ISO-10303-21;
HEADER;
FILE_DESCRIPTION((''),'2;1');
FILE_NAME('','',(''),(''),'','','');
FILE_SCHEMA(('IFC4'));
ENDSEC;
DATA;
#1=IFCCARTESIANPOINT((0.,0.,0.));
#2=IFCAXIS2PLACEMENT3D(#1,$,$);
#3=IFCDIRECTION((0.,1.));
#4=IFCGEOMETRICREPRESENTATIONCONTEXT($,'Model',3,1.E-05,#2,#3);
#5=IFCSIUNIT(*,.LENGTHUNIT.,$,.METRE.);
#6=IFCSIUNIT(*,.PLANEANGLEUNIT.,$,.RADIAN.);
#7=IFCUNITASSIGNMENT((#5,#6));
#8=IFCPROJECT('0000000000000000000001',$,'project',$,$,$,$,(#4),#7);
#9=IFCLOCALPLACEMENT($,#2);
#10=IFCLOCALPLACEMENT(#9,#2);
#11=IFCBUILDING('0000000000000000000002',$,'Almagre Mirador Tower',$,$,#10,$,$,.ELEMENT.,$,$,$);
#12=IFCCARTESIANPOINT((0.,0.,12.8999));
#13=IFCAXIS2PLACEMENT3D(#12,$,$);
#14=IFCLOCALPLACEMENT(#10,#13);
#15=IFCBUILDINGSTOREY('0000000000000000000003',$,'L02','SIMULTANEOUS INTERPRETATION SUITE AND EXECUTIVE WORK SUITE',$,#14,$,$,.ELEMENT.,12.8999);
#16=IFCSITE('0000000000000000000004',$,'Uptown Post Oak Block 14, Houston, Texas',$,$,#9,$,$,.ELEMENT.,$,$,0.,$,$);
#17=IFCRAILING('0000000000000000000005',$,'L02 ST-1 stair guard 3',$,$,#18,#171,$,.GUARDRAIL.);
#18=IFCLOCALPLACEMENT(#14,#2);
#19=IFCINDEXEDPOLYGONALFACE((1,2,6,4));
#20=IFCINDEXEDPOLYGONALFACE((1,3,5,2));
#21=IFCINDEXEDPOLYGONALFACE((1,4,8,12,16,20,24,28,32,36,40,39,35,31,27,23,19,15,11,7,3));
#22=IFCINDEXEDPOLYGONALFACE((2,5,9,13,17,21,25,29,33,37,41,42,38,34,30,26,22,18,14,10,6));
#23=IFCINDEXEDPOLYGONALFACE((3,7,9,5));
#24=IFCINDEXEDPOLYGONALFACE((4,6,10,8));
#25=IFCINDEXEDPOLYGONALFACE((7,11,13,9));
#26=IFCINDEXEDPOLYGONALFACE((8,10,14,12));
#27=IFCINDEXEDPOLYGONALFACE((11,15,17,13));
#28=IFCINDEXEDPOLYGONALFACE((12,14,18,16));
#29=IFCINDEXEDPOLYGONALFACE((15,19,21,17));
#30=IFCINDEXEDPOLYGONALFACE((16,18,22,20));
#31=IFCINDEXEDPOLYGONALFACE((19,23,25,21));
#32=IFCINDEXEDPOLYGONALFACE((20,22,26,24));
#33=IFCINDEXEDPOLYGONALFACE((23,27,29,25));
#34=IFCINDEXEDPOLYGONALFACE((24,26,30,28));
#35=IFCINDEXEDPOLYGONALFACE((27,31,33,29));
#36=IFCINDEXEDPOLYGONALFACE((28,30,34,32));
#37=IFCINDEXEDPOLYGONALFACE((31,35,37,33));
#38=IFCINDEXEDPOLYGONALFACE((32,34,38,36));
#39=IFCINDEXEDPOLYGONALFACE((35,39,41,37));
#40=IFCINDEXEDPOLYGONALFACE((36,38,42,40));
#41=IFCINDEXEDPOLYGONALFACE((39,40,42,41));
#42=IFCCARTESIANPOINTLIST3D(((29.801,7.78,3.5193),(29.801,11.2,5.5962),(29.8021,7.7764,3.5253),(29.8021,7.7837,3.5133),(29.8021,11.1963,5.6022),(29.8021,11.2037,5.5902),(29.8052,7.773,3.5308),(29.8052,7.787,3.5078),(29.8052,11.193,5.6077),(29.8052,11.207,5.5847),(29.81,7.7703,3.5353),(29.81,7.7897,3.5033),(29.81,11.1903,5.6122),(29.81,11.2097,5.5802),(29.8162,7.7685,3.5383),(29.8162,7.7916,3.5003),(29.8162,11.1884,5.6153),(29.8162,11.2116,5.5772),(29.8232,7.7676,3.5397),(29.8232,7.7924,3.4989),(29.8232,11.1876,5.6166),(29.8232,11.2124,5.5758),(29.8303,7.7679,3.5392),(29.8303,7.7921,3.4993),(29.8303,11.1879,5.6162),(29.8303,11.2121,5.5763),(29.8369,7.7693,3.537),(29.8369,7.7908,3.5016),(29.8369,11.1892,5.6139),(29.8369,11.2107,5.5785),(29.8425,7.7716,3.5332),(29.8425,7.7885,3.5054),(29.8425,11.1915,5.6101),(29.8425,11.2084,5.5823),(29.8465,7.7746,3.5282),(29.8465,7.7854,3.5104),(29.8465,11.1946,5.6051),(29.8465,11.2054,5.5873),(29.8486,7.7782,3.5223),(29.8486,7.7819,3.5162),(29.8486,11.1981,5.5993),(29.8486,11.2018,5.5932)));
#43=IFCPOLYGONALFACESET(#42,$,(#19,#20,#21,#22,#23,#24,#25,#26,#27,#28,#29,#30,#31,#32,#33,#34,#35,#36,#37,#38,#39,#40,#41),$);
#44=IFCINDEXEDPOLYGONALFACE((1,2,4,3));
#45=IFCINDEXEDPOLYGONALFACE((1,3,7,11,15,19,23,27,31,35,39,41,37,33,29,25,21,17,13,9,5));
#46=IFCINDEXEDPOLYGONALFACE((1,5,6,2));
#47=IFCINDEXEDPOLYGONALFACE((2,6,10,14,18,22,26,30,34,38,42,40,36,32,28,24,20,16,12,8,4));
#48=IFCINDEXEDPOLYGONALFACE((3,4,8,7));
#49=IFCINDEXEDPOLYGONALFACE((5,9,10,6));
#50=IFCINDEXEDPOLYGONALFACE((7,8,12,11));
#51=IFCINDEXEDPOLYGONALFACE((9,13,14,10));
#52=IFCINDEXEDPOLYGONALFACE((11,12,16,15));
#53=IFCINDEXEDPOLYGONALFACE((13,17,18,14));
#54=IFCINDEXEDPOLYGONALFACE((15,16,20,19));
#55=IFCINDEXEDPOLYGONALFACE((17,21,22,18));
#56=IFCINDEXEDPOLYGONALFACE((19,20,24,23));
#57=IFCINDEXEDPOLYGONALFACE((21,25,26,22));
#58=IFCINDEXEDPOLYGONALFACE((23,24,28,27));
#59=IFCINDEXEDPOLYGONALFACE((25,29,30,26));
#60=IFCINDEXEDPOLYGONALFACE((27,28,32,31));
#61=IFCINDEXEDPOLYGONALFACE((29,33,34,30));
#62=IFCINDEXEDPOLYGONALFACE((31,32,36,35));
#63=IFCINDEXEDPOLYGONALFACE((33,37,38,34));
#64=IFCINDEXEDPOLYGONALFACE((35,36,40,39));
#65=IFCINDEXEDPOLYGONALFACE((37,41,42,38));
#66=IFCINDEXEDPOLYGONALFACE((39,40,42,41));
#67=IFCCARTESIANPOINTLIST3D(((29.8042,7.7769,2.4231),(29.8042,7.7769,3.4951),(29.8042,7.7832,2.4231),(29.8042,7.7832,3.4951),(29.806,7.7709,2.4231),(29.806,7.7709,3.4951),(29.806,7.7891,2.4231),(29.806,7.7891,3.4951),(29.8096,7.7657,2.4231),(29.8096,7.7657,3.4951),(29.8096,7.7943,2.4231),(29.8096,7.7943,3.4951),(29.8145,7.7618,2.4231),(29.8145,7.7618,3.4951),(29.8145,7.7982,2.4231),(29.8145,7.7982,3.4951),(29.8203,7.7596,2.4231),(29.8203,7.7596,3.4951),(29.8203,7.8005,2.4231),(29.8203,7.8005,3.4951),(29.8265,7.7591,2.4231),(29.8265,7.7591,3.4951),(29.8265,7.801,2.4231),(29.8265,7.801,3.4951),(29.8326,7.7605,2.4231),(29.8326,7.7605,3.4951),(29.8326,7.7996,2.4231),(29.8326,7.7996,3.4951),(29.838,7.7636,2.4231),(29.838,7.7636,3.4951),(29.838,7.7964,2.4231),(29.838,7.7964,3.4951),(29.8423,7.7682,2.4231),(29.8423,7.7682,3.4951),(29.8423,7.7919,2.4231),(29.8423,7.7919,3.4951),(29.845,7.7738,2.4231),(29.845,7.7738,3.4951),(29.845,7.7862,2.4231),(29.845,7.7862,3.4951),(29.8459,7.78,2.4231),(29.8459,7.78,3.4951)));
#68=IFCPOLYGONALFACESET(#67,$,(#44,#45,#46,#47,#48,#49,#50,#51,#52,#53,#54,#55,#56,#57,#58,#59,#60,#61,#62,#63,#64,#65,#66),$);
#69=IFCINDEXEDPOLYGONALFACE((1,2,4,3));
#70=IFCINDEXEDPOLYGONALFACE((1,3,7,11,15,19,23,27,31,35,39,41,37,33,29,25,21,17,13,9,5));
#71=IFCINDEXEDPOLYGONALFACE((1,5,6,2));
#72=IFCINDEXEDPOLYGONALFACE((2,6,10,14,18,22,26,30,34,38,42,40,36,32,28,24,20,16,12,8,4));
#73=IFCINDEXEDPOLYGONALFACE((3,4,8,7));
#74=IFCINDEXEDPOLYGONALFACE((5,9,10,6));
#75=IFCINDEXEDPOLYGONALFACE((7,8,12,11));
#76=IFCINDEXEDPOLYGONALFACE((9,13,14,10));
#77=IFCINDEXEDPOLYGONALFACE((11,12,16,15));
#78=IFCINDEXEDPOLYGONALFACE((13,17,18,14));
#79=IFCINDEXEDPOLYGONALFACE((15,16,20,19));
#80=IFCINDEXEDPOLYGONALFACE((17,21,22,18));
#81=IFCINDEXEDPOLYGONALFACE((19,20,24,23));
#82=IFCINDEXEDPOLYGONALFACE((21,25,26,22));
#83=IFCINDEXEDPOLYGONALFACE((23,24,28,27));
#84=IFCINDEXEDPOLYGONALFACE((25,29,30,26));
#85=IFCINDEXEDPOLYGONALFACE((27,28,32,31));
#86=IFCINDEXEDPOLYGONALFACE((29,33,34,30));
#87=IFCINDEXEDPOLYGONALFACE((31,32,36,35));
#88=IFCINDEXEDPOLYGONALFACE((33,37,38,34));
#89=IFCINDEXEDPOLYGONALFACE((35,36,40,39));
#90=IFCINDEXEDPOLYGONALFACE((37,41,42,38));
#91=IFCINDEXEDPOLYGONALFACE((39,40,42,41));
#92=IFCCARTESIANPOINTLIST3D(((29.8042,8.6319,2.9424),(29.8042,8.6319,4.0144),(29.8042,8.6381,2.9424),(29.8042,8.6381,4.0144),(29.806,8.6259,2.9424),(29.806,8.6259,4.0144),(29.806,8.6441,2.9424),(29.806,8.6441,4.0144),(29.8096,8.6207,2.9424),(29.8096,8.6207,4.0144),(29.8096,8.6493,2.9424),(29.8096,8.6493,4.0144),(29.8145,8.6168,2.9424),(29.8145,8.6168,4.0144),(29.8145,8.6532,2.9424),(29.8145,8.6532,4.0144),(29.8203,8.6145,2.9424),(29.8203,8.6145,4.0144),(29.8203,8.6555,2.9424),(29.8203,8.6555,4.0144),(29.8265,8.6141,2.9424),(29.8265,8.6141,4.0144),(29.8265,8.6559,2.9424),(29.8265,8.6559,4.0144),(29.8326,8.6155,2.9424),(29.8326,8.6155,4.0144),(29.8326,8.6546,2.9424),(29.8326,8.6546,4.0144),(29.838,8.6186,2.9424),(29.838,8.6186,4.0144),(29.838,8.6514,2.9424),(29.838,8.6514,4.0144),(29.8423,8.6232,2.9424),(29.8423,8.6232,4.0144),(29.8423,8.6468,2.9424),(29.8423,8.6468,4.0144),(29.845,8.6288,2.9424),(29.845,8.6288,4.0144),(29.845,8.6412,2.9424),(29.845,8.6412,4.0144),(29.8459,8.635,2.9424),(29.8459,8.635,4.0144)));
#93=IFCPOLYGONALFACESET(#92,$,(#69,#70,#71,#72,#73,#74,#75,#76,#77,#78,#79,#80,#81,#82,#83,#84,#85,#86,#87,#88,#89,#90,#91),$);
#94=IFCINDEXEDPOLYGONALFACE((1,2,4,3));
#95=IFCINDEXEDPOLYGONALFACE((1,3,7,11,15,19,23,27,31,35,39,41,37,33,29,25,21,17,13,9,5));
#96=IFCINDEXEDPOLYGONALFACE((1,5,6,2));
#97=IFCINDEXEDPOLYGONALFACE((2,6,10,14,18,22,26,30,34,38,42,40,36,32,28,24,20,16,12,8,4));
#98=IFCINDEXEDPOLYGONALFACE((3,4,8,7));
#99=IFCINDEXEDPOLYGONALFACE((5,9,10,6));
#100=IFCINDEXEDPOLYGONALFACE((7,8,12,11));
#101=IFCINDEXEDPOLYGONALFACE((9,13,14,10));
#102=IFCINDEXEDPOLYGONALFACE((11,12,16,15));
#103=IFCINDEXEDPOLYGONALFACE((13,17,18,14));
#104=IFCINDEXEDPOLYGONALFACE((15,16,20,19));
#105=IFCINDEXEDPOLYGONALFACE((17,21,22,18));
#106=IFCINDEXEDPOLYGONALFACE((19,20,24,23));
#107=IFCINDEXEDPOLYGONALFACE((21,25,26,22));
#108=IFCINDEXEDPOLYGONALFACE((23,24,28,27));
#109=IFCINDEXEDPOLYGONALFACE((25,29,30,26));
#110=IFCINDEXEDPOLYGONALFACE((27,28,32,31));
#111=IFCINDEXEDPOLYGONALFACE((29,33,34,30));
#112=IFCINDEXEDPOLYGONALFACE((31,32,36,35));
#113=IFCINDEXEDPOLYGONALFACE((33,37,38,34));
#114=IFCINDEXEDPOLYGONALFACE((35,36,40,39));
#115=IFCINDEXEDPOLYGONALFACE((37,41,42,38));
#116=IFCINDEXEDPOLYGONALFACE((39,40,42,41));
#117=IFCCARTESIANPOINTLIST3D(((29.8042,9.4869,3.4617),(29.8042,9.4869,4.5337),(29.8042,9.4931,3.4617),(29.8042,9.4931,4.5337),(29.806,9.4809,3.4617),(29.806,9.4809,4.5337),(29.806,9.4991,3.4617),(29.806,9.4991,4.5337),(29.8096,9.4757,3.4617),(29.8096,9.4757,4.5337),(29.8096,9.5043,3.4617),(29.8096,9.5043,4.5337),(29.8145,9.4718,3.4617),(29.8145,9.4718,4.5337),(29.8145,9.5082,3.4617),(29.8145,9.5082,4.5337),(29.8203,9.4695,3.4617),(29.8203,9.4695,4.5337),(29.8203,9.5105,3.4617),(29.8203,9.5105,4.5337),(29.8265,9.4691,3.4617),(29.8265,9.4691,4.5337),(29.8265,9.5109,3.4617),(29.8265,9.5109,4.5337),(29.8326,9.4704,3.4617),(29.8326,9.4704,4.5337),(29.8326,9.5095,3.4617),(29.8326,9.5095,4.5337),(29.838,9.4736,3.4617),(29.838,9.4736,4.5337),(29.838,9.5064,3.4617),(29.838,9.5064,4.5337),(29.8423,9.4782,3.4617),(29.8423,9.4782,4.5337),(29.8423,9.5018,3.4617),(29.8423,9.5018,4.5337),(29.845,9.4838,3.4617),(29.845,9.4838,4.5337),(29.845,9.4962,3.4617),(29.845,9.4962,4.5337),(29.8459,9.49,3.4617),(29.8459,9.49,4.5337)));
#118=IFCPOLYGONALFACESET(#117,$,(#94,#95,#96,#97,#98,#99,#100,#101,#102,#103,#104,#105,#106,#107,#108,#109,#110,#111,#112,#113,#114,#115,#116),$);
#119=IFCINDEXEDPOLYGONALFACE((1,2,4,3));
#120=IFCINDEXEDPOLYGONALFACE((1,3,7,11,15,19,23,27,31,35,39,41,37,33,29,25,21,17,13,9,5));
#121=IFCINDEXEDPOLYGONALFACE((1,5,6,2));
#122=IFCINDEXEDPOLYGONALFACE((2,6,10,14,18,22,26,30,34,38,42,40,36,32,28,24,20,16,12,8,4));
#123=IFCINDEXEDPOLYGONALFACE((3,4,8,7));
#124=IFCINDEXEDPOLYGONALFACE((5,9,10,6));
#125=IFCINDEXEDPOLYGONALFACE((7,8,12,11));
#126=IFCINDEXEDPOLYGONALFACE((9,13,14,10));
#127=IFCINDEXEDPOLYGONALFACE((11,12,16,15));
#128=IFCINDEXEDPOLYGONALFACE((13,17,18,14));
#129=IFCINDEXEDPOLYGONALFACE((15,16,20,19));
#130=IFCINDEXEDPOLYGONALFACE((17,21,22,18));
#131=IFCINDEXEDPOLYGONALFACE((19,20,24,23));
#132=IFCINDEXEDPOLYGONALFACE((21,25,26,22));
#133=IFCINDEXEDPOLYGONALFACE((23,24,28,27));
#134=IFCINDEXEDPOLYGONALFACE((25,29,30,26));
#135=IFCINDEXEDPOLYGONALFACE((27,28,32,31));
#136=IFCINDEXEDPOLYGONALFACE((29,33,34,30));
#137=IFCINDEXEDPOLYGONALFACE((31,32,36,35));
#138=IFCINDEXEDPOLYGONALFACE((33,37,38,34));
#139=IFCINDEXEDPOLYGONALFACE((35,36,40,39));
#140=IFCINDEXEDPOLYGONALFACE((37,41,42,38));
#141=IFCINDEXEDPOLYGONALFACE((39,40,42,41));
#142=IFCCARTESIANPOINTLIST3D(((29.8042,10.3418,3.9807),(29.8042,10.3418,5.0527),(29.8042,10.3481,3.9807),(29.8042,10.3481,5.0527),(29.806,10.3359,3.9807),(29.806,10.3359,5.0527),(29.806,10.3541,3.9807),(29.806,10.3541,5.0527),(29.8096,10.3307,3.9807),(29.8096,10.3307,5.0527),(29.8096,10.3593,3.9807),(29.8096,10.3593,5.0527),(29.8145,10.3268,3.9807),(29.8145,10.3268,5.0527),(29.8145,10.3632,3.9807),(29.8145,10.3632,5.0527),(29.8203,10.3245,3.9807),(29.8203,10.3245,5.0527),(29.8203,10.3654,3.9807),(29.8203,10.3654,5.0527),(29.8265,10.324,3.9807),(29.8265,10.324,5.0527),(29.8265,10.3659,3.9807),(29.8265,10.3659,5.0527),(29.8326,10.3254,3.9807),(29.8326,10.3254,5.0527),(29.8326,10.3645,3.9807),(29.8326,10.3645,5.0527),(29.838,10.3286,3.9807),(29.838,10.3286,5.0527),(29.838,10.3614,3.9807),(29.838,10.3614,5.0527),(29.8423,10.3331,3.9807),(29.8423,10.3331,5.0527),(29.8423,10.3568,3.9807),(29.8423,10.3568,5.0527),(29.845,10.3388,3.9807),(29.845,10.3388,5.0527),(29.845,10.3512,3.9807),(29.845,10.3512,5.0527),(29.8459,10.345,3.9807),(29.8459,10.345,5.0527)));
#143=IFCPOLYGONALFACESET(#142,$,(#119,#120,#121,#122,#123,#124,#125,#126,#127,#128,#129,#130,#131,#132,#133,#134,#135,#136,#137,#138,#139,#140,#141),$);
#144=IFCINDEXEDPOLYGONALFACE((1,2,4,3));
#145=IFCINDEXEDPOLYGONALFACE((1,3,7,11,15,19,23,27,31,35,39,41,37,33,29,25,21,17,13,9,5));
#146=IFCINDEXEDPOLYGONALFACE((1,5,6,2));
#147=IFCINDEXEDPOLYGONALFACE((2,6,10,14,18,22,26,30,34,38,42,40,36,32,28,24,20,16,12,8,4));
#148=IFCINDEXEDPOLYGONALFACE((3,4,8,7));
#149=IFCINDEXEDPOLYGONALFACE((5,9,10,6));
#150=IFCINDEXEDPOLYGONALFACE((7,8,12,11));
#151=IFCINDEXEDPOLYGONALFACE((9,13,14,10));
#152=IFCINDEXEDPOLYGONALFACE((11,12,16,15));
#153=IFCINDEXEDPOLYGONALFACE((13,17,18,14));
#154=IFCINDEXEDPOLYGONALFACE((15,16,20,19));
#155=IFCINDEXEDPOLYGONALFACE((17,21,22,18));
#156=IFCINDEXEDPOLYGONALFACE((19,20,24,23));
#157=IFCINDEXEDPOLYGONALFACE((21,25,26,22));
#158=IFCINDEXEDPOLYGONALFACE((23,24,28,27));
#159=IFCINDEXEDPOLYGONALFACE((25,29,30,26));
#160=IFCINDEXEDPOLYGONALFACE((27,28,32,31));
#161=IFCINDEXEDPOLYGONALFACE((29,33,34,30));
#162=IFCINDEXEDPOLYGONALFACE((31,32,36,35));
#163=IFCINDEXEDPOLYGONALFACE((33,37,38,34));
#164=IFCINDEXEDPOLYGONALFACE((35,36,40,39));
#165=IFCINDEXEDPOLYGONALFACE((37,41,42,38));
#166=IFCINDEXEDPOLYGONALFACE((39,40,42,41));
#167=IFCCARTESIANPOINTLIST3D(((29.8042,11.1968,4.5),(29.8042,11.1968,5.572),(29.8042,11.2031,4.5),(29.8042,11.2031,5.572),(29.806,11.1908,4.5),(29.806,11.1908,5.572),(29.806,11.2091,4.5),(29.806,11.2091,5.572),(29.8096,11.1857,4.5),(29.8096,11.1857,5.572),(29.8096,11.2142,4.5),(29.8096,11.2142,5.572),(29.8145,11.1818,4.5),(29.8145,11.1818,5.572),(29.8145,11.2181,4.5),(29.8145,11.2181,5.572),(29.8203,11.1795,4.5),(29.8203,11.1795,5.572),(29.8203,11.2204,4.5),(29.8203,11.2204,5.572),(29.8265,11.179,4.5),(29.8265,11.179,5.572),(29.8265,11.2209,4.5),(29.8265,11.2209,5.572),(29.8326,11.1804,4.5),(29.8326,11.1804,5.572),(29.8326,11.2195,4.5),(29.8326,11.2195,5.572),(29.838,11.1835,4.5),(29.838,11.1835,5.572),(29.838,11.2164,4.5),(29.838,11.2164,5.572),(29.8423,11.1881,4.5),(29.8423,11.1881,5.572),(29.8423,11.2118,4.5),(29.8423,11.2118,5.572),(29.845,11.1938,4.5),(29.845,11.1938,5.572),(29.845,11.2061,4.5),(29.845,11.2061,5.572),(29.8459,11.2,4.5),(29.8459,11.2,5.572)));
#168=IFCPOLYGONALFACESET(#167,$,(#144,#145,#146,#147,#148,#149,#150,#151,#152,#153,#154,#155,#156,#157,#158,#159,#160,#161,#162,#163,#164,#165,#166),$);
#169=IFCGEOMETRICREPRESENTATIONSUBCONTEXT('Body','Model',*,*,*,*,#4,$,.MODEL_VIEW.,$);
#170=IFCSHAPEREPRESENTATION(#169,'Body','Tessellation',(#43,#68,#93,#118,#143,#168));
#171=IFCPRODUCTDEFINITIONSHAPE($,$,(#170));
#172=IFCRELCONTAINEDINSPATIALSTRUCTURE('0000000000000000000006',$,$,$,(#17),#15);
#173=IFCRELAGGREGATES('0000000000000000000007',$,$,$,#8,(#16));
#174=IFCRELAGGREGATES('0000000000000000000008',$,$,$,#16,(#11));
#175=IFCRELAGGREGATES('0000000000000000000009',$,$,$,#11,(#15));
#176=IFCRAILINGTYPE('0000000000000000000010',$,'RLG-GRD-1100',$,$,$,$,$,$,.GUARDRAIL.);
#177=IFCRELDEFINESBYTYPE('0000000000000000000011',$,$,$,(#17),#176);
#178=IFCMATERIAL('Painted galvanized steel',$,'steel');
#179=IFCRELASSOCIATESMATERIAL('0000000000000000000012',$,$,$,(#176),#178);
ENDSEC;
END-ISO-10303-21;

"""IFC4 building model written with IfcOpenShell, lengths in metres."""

from ifc_helpers import new_model, si_unit, direction, frame, origin, origin_2d, place, context, subcontext, project, spatial, circle, extrude, material, type_object, element, save


model = new_model("IFC4")

# Units and contexts
model_context = context("Model", 3, precision=1e-05, world=origin(), true_north=direction((0.0, 1.0)))
body_context = subcontext(model_context, "Body", "Model", "MODEL_VIEW")
ifc_project = project(units=[si_unit("LENGTHUNIT", "METRE"), si_unit("PLANEANGLEUNIT", "RADIAN")], contexts=[model_context])

# Site, building, storey
site_placement = place(None, origin())
site = spatial("IfcSite", under=ifc_project, at=site_placement, Name="Uptown Post Oak Block 14, Houston, Texas", CompositionType="ELEMENT", RefElevation=0.0)
building_placement = place(site_placement, origin())
building = spatial("IfcBuilding", under=site, at=building_placement, Name="Almagre Mirador Tower", CompositionType="ELEMENT")
storey_placement = place(building_placement, frame((0.0, 0.0, 12.8999)))
storey = spatial("IfcBuildingStorey", under=building, at=storey_placement, Name="L02", Description="SIMULTANEOUS INTERPRETATION SUITE AND EXECUTIVE WORK SUITE", CompositionType="ELEMENT", Elevation=12.8999)

# Railing
ifc_material_1 = material(Name="Painted galvanized steel", Category="steel")
railing_type = type_object("IfcRailingType", Name="RLG-GRD-1100", PredefinedType="GUARDRAIL", material=ifc_material_1)
railing_1_placement = place(storey_placement, frame((29.825, 7.78, 2.4231)))
element("IfcRailing", 1, at=railing_1_placement, inside=storey, type_object=railing_type, Name="L02 ST-1 stair guard 3", PredefinedType="GUARDRAIL", context=body_context, shape_type="SweptSolid", body=[
    extrude(circle(Radius=0.0239, at=origin_2d()), frame((0.0, 0.0, 1.0962), z_axis=(0.0, 0.85473, 0.519074), x_axis=(-1.0, 0.0, 0.0)), (0.0, 0.0, 1.0), 4.0012),
    extrude(circle(Radius=0.021, at=origin_2d()), origin(), (0.0, 0.0, 1.0), 1.072),
    extrude(circle(Radius=0.021, at=origin_2d()), frame((0.0, 0.855, 0.5193)), (0.0, 0.0, 1.0), 1.072),
    extrude(circle(Radius=0.021, at=origin_2d()), frame((0.0, 1.71, 1.0386)), (0.0, 0.0, 1.0), 1.072),
    extrude(circle(Radius=0.021, at=origin_2d()), frame((0.0, 2.5649, 1.5576)), (0.0, 0.0, 1.0), 1.072),
    extrude(circle(Radius=0.021, at=origin_2d()), frame((0.0, 3.4199, 2.0769)), (0.0, 0.0, 1.0), 1.072),
])

save(model, "model.ifc")
